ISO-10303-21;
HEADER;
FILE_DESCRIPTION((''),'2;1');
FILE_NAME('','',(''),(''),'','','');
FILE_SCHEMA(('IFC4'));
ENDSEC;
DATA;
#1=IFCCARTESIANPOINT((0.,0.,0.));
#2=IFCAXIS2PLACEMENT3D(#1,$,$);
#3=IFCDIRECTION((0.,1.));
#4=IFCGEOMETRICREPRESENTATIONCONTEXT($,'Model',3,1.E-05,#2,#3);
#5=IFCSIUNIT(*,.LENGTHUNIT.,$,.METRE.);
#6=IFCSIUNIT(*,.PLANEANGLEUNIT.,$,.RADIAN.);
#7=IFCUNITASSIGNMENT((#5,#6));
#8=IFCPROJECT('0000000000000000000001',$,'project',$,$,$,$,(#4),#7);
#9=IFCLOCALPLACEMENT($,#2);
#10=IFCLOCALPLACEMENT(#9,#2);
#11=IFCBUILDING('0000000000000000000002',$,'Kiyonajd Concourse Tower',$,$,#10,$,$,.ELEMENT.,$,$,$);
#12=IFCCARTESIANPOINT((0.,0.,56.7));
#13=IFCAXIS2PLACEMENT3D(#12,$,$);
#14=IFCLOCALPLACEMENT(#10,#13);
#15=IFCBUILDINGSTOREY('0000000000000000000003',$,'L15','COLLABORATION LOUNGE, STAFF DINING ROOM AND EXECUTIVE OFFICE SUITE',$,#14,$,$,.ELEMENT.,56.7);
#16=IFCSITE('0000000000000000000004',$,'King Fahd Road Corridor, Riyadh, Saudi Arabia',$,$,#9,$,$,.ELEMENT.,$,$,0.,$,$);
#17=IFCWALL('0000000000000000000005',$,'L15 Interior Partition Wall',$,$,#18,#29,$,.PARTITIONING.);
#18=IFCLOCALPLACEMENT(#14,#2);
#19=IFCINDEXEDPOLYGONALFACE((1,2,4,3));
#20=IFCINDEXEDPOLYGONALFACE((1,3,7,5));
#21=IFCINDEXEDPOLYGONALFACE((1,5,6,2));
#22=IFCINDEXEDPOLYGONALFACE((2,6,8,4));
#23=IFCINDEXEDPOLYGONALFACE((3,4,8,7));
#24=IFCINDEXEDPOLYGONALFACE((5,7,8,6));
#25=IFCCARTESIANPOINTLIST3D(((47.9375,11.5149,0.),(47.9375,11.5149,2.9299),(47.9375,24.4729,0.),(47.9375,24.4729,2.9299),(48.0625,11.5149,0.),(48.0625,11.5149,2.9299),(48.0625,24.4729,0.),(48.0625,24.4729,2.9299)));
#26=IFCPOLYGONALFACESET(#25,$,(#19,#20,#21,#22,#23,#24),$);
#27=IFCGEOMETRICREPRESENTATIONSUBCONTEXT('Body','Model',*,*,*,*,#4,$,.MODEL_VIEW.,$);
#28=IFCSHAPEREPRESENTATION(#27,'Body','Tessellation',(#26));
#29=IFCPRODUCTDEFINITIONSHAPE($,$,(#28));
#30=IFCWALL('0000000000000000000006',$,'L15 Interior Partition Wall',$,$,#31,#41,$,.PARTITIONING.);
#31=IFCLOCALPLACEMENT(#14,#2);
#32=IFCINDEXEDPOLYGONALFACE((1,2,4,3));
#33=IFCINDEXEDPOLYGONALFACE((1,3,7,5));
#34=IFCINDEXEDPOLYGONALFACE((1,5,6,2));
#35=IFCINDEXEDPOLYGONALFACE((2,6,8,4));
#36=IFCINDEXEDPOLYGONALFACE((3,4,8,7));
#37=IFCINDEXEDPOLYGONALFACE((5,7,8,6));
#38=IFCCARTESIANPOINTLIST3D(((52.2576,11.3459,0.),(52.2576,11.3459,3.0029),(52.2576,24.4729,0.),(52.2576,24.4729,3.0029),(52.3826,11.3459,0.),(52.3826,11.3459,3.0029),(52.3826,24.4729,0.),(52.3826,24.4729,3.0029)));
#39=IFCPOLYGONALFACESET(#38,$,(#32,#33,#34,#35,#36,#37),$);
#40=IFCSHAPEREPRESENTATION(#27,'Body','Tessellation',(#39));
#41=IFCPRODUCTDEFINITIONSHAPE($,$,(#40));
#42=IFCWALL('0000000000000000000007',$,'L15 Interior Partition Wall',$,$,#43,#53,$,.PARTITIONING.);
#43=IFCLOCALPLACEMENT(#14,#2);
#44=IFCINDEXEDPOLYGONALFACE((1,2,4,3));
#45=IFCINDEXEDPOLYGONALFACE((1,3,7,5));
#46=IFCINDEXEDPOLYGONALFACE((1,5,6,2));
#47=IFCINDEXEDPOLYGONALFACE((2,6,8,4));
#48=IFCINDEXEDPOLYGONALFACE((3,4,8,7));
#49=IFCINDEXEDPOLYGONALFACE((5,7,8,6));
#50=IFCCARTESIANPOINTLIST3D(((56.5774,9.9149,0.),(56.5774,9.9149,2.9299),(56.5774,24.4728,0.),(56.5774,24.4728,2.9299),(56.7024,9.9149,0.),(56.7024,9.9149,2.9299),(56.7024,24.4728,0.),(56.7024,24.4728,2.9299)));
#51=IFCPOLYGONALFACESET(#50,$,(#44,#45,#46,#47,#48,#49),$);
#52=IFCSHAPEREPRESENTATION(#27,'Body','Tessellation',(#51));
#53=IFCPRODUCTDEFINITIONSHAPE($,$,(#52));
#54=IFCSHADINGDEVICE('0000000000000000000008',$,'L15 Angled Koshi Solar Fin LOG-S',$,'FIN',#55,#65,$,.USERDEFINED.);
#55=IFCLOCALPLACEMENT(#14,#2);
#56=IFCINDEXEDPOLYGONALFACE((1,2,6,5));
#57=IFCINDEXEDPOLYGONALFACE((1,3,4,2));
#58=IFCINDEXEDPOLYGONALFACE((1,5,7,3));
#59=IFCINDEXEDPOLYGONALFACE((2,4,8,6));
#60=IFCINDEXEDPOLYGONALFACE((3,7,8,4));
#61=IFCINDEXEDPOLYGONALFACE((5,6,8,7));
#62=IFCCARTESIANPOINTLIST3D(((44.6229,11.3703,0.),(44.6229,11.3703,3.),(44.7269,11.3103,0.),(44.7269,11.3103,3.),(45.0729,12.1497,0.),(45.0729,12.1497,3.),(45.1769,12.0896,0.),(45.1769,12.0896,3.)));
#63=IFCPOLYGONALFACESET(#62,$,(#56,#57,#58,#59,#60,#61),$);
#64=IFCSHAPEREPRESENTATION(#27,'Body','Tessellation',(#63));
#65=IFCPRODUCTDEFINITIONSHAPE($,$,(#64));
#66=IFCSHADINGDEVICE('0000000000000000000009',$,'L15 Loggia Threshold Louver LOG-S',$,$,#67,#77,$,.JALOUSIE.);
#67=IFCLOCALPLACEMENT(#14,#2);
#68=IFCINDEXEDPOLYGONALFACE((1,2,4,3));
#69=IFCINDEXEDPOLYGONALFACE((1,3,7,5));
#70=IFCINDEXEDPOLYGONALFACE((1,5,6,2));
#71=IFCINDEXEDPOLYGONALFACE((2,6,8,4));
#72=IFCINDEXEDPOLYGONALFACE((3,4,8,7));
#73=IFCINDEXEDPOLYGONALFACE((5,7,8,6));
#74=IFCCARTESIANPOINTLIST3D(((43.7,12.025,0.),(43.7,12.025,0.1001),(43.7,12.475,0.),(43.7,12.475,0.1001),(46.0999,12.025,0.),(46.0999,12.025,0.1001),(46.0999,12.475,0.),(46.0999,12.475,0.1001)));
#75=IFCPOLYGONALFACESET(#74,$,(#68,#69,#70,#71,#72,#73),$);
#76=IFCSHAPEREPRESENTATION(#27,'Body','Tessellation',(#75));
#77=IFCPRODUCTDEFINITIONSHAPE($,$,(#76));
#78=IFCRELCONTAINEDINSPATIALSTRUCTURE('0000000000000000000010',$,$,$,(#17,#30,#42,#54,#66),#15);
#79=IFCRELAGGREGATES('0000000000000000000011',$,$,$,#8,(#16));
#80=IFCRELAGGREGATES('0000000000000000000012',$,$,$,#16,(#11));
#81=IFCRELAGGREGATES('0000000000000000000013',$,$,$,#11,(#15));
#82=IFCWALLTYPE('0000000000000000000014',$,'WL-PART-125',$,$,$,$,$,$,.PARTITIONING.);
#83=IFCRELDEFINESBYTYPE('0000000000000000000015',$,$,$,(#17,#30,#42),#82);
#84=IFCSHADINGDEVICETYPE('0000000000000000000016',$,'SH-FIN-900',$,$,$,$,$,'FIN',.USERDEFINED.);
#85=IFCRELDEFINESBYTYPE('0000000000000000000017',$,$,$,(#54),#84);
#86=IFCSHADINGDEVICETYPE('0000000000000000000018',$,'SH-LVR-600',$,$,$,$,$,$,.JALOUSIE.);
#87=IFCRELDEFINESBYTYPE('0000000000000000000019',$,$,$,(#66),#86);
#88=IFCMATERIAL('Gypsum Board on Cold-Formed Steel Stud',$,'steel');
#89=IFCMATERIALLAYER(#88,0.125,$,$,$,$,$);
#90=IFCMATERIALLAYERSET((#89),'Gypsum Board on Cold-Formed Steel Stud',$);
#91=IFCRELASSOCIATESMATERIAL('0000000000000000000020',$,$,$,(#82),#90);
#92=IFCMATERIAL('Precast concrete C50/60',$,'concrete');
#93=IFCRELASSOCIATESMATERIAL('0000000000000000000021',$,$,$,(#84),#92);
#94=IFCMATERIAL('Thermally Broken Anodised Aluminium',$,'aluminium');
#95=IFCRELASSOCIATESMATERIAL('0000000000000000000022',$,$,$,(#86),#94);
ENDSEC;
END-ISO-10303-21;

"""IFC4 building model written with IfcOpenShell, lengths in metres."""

from ifc_helpers import new_model, si_unit, direction, frame, frame_2d, origin, origin_2d, place, context, subcontext, project, spatial, rectangle, extrude, material, layer, layer_set, type_object, element, save


model = new_model("IFC4")

# Units and contexts
model_context = context("Model", 3, precision=1e-05, world=origin(), true_north=direction((0.0, 1.0)))
body_context = subcontext(model_context, "Body", "Model", "MODEL_VIEW")
ifc_project = project(units=[si_unit("LENGTHUNIT", "METRE"), si_unit("PLANEANGLEUNIT", "RADIAN")], contexts=[model_context])

# Site, building, storey
site_placement = place(None, origin())
site = spatial("IfcSite", under=ifc_project, at=site_placement, Name="King Fahd Road Corridor, Riyadh, Saudi Arabia", CompositionType="ELEMENT", RefElevation=0.0)
building_placement = place(site_placement, origin())
building = spatial("IfcBuilding", under=site, at=building_placement, Name="Kiyonajd Concourse Tower", CompositionType="ELEMENT")
storey_placement = place(building_placement, frame((0.0, 0.0, 56.7)))
storey = spatial("IfcBuildingStorey", under=building, at=storey_placement, Name="L15", Description="COLLABORATION LOUNGE, STAFF DINING ROOM AND EXECUTIVE OFFICE SUITE", CompositionType="ELEMENT", Elevation=56.7)

# Shared definitions
ifc_material_1 = material(Name="Precast concrete C50/60", Category="concrete")

# Shared definitions
ifc_material_2 = material(Name="Thermally Broken Anodised Aluminium", Category="aluminium")

# Walls
ifc_material_3 = material(Name="Gypsum Board on Cold-Formed Steel Stud", Category="steel")
ifc_layer_1 = layer(ifc_material_3, 0.125)
ifc_layer_set_1 = layer_set([ifc_layer_1], Name="Gypsum Board on Cold-Formed Steel Stud")
wall_type_1 = type_object("IfcWallType", Name="WL-PART-125", PredefinedType="PARTITIONING", material=ifc_layer_set_1)
wall_1_placement = place(storey_placement, frame((48.0, 11.5149, 0.0), z_axis=(0.0, 0.0, 1.0), x_axis=(0.0, 1.0, 0.0)))
element("IfcWall", 1, at=wall_1_placement, inside=storey, type_object=wall_type_1, Name="L15 Interior Partition Wall", PredefinedType="PARTITIONING", context=body_context, shape_type="SweptSolid", body=[
    extrude(rectangle(XDim=12.958, YDim=0.125, at=frame_2d((6.479, 0.0))), origin(), (0.0, 0.0, 1.0), 2.9299),
])
wall_2_placement = place(storey_placement, frame((52.3201, 11.3459, 0.0), z_axis=(0.0, 0.0, 1.0), x_axis=(0.0, 1.0, 0.0)))
element("IfcWall", 2, at=wall_2_placement, inside=storey, type_object=wall_type_1, Name="L15 Interior Partition Wall", PredefinedType="PARTITIONING", context=body_context, shape_type="SweptSolid", body=[
    extrude(rectangle(XDim=13.127, YDim=0.125, at=frame_2d((6.5635, 0.0))), origin(), (0.0, 0.0, 1.0), 3.0029),
])
wall_3_placement = place(storey_placement, frame((56.6399, 9.915, 0.0), z_axis=(0.0, 0.0, 1.0), x_axis=(0.0, 1.0, 0.0)))
element("IfcWall", 3, at=wall_3_placement, inside=storey, type_object=wall_type_1, Name="L15 Interior Partition Wall", PredefinedType="PARTITIONING", context=body_context, shape_type="SweptSolid", body=[
    extrude(rectangle(XDim=14.5579, YDim=0.125, at=frame_2d((7.2788, 0.0))), origin(), (0.0, 0.0, 1.0), 2.9299),
])

# Shading devices
shading_device_type_1 = type_object("IfcShadingDeviceType", Name="SH-FIN-900", ElementType="FIN", PredefinedType="USERDEFINED", material=ifc_material_1)
shading_device_1_placement = place(storey_placement, frame((44.8999, 11.73, 0.0), z_axis=(0.0, 0.0, 1.0), x_axis=(0.5, 0.866025, 0.0)))
element("IfcShadingDevice", 4, at=shading_device_1_placement, inside=storey, type_object=shading_device_type_1, Name="L15 Angled Koshi Solar Fin LOG-S", ObjectType="FIN", PredefinedType="USERDEFINED", context=body_context, shape_type="SweptSolid", body=[
    extrude(rectangle(XDim=0.8999, YDim=0.1201, at=origin_2d()), origin(), (0.0, 0.0, 1.0), 3.0),
])
shading_device_type_2 = type_object("IfcShadingDeviceType", Name="SH-LVR-600", PredefinedType="JALOUSIE", material=ifc_material_2)
shading_device_2_placement = place(storey_placement, frame((44.8999, 12.25, 0.0), z_axis=(0.0, 0.0, 1.0), x_axis=(1.0, 0.0, 0.0)))
element("IfcShadingDevice", 5, at=shading_device_2_placement, inside=storey, type_object=shading_device_type_2, Name="L15 Loggia Threshold Louver LOG-S", PredefinedType="JALOUSIE", context=body_context, shape_type="SweptSolid", body=[
    extrude(rectangle(XDim=2.3999, YDim=0.45, at=origin_2d()), origin(), (0.0, 0.0, 1.0), 0.1001),
])

save(model, "model.ifc")
